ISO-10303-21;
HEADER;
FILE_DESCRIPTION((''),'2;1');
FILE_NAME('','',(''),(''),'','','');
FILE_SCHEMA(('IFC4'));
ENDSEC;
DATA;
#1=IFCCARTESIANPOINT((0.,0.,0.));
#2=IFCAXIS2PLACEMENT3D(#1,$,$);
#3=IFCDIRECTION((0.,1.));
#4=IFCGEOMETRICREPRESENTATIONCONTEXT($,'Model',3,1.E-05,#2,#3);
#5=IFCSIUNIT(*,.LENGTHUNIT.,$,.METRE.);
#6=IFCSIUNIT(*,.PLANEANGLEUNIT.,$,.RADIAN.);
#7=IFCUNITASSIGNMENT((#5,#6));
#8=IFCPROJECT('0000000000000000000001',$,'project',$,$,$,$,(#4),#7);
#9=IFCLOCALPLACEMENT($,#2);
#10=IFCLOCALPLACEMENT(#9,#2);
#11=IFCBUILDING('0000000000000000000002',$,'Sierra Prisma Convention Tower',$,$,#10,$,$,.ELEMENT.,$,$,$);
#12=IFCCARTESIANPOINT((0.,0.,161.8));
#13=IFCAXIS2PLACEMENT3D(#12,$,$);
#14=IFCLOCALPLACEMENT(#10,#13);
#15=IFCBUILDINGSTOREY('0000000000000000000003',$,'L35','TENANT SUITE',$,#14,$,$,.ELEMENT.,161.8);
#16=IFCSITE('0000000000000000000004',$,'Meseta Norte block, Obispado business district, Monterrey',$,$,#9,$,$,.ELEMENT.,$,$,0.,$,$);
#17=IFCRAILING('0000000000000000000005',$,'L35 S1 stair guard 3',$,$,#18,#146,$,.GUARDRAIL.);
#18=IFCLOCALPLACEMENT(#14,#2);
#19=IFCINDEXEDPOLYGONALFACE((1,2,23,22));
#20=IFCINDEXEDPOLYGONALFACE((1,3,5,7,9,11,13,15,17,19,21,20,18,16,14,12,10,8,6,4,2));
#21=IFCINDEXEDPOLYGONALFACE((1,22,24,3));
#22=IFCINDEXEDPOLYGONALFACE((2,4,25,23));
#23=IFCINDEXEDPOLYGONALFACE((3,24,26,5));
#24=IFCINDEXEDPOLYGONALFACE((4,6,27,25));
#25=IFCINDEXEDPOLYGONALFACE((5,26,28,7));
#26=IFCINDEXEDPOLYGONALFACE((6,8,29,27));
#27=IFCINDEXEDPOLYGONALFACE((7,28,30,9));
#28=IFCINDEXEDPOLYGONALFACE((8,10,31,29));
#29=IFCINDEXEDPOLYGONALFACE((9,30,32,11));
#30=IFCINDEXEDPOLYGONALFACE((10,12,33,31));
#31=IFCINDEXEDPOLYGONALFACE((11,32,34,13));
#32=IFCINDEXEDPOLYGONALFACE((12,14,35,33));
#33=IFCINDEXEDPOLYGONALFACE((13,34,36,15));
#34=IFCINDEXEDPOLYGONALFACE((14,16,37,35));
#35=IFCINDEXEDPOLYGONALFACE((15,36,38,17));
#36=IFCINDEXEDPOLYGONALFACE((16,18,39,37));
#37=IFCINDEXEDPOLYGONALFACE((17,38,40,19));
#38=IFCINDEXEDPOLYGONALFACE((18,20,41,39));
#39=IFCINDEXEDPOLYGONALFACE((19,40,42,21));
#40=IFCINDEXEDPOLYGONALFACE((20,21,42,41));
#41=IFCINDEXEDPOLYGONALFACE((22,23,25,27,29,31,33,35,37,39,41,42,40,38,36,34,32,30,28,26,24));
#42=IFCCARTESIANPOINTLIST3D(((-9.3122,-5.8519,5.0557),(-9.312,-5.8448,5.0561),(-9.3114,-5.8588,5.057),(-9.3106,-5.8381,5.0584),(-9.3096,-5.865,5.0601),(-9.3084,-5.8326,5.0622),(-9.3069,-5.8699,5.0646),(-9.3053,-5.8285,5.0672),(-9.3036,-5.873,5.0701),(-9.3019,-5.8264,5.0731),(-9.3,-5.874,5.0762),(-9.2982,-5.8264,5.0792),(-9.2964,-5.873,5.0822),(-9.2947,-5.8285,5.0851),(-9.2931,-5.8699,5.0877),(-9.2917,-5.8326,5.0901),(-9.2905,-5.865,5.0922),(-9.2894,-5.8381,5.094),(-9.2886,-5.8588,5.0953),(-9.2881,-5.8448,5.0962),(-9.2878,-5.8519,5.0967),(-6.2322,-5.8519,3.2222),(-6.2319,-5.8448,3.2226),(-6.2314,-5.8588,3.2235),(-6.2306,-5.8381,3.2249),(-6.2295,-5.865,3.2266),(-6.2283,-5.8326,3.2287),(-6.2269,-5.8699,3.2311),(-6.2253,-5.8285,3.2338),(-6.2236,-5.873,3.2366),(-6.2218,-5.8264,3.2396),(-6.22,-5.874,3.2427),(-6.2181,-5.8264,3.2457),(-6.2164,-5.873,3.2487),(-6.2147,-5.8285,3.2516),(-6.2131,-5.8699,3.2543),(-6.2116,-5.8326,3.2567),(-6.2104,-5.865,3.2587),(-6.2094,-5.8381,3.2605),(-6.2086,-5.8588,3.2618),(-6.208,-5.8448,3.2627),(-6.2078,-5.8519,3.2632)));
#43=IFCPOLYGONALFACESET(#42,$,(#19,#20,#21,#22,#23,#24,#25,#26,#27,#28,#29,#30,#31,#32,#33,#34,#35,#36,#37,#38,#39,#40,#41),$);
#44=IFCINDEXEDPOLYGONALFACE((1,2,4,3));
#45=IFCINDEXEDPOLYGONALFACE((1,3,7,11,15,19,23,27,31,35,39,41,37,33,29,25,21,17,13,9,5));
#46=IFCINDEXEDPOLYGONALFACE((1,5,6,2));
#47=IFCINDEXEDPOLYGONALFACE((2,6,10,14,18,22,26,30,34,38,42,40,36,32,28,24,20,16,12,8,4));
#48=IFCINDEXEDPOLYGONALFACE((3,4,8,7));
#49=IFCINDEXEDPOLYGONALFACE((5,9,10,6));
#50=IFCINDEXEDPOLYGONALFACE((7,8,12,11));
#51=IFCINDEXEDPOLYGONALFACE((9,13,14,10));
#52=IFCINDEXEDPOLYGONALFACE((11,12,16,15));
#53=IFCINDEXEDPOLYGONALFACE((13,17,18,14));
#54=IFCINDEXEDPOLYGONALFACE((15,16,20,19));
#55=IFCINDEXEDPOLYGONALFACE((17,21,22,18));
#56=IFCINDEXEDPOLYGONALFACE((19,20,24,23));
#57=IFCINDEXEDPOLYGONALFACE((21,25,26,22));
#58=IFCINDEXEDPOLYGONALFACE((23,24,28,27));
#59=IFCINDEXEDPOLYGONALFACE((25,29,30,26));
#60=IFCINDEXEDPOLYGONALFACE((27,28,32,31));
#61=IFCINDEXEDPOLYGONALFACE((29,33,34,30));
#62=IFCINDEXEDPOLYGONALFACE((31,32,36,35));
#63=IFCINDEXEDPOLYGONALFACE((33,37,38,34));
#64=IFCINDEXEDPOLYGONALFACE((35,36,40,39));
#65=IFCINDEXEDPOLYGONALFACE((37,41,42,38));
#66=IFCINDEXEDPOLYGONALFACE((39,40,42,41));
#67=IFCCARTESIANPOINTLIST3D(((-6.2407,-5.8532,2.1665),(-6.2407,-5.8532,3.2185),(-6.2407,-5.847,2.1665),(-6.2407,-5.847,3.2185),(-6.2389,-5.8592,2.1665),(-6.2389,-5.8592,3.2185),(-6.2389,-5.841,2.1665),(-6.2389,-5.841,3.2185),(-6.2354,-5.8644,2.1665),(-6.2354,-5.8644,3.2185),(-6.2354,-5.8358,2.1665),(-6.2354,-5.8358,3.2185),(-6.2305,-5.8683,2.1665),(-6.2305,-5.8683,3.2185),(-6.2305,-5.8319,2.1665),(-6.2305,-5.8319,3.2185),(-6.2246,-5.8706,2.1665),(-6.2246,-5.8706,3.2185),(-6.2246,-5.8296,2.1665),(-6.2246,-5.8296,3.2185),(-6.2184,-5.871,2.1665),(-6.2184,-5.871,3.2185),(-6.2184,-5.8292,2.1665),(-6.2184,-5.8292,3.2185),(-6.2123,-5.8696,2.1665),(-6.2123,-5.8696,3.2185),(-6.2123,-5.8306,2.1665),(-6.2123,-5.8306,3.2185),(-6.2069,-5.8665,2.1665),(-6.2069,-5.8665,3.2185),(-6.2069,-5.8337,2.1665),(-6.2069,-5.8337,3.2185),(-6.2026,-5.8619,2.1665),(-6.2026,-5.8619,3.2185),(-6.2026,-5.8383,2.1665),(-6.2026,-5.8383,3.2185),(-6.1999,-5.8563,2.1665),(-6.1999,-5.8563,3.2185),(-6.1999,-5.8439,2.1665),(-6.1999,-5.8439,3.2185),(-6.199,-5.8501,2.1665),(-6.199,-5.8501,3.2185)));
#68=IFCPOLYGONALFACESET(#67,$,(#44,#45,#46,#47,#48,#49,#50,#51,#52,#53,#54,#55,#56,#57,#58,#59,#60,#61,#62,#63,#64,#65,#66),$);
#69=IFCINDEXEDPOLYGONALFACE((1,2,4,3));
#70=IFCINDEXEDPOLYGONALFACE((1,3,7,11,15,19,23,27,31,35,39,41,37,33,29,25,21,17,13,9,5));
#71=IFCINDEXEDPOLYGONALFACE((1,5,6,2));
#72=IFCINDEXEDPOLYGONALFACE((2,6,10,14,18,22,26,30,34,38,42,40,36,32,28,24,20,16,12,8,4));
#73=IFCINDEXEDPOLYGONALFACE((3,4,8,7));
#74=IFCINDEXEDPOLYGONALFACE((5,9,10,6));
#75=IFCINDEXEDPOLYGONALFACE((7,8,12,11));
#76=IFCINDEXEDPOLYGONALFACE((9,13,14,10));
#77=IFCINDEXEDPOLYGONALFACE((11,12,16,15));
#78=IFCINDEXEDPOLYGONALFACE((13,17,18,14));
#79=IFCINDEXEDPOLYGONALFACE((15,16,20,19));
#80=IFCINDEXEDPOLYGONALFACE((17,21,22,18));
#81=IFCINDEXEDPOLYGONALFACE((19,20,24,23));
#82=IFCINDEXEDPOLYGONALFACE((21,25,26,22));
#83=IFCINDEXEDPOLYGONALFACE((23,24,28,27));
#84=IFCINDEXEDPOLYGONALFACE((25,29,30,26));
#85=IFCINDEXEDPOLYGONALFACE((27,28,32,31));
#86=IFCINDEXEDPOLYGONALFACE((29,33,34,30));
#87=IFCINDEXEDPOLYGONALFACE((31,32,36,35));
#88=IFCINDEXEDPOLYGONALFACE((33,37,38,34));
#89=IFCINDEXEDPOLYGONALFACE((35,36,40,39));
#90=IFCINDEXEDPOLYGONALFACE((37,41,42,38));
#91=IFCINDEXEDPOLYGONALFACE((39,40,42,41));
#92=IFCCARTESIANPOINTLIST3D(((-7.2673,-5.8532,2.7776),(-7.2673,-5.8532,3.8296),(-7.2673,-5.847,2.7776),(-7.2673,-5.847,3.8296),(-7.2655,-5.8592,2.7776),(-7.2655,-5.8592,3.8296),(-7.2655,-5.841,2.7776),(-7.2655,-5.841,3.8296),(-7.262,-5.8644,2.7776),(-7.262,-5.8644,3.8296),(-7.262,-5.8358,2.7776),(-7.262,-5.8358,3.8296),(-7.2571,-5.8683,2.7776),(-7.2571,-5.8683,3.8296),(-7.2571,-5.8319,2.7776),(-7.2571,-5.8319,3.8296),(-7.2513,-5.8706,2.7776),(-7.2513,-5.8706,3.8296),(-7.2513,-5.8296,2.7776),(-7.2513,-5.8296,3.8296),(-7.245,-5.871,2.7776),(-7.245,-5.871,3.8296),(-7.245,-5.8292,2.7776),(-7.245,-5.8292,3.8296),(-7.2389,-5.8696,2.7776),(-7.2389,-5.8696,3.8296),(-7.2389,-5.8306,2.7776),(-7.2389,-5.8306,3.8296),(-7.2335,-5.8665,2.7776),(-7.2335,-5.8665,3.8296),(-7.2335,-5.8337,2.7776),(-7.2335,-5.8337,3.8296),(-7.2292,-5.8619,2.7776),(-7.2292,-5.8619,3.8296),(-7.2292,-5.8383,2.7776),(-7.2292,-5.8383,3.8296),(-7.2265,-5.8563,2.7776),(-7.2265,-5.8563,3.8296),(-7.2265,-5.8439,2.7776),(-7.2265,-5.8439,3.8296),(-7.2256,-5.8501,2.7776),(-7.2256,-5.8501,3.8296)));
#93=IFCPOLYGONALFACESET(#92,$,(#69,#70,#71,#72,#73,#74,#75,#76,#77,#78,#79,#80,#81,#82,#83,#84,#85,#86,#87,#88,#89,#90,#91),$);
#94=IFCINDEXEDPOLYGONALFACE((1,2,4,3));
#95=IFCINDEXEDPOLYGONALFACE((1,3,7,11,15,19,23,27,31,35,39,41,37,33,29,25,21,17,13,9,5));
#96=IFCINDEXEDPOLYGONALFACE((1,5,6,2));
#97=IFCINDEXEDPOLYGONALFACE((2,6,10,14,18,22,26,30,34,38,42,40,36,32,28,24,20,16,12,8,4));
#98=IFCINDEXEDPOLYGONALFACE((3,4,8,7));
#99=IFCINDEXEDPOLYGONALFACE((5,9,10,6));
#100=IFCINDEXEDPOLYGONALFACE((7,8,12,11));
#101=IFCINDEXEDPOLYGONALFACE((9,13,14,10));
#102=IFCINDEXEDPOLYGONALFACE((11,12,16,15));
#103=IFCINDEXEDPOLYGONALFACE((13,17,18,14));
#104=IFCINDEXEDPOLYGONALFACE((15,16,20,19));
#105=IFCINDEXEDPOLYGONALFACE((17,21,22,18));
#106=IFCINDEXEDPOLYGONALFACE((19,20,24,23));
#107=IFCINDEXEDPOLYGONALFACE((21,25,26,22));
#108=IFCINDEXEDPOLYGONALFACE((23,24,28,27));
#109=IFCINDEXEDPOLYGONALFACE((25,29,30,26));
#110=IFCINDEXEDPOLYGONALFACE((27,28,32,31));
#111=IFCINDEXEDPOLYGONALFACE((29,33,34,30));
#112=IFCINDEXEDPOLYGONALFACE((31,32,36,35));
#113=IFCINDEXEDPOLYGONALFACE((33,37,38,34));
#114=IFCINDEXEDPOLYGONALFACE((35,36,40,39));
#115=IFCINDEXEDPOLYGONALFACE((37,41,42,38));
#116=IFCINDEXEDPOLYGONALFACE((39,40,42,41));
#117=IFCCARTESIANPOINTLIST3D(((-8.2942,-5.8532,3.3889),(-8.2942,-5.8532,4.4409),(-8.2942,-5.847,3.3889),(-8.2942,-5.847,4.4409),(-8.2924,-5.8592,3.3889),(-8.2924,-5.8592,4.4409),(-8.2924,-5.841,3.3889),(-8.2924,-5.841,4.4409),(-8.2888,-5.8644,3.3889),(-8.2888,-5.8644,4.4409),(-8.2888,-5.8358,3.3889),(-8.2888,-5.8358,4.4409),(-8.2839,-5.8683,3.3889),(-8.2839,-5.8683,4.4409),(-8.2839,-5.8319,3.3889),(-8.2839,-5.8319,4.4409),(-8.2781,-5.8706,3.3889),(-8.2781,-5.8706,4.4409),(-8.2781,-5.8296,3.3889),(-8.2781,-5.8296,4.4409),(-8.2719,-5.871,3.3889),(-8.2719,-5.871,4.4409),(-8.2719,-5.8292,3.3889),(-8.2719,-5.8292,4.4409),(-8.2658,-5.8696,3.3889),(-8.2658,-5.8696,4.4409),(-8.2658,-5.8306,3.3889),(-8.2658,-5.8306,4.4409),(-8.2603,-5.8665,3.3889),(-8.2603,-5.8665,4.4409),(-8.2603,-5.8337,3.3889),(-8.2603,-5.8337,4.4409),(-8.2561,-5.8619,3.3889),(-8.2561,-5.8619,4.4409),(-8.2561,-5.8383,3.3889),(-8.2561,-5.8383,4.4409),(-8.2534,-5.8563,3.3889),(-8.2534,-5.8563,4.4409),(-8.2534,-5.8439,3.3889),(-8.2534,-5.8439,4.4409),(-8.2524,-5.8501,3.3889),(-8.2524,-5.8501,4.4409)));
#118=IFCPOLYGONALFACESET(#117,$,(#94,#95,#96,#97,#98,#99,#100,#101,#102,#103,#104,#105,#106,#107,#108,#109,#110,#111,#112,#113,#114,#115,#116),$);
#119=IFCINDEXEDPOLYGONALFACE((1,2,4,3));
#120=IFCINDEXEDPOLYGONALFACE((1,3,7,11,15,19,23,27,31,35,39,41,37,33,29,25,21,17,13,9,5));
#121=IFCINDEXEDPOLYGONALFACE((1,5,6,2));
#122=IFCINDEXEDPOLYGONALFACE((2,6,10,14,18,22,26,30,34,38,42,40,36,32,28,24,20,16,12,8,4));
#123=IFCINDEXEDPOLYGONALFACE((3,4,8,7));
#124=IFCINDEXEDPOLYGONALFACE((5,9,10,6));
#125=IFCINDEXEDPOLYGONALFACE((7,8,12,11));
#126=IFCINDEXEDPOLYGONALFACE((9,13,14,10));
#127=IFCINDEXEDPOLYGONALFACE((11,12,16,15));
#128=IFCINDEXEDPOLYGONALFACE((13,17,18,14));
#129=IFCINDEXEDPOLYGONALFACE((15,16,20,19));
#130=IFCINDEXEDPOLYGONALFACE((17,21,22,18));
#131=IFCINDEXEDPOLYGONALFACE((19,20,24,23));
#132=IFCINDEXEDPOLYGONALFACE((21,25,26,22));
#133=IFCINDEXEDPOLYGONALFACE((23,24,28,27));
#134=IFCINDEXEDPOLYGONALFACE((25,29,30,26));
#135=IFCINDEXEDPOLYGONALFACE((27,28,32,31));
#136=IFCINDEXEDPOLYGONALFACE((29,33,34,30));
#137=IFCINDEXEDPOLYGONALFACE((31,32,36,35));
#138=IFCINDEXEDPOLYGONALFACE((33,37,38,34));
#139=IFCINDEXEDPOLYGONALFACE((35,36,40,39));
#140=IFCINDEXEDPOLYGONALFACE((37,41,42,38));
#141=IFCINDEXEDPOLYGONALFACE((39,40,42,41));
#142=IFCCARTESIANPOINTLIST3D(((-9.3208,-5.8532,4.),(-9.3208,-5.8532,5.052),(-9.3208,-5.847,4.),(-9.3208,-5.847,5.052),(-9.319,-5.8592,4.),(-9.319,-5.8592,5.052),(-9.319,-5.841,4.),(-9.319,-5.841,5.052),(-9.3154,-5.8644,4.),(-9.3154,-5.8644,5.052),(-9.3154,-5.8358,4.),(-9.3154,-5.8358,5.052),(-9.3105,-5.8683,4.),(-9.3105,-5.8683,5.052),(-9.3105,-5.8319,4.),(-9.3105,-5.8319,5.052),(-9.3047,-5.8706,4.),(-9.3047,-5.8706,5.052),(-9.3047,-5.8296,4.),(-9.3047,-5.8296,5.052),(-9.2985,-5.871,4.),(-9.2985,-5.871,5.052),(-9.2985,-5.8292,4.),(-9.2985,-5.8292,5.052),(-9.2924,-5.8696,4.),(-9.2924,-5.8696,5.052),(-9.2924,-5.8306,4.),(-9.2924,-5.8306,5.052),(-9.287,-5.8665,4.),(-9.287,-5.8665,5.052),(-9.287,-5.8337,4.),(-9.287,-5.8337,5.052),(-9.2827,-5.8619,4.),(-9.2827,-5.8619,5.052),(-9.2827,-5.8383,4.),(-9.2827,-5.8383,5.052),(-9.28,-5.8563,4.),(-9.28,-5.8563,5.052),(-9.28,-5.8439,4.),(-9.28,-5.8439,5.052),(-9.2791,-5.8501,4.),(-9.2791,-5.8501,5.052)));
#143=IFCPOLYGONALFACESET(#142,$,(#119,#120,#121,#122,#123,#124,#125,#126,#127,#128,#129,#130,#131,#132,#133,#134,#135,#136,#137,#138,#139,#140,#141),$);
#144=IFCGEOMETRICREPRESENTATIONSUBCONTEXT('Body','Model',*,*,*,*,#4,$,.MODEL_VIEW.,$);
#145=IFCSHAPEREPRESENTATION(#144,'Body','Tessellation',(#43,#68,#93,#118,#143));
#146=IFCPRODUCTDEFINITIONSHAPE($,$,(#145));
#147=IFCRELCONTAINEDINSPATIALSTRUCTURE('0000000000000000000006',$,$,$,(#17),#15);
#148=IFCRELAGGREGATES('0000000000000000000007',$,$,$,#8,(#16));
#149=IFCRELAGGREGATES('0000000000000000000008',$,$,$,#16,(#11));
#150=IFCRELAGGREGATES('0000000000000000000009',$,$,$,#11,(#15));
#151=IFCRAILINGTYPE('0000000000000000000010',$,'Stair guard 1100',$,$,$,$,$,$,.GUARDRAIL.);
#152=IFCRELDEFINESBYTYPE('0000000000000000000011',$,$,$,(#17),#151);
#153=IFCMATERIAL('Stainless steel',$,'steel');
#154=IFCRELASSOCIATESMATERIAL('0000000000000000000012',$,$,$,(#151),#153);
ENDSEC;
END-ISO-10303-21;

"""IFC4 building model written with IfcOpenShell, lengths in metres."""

from ifc_helpers import new_model, si_unit, direction, frame, origin, origin_2d, place, context, subcontext, project, spatial, circle, extrude, material, type_object, element, save


model = new_model("IFC4")

# Units and contexts
model_context = context("Model", 3, precision=1e-05, world=origin(), true_north=direction((0.0, 1.0)))
body_context = subcontext(model_context, "Body", "Model", "MODEL_VIEW")
ifc_project = project(units=[si_unit("LENGTHUNIT", "METRE"), si_unit("PLANEANGLEUNIT", "RADIAN")], contexts=[model_context])

# Site, building, storey
site_placement = place(None, origin())
site = spatial("IfcSite", under=ifc_project, at=site_placement, Name="Meseta Norte block, Obispado business district, Monterrey", CompositionType="ELEMENT", RefElevation=0.0)
building_placement = place(site_placement, origin())
building = spatial("IfcBuilding", under=site, at=building_placement, Name="Sierra Prisma Convention Tower", CompositionType="ELEMENT")
storey_placement = place(building_placement, frame((0.0, 0.0, 161.8)))
storey = spatial("IfcBuildingStorey", under=building, at=storey_placement, Name="L35", Description="TENANT SUITE", CompositionType="ELEMENT", Elevation=161.8)

# Railing
ifc_material_1 = material(Name="Stainless steel", Category="steel")
railing_type_1 = type_object("IfcRailingType", Name="Stair guard 1100", PredefinedType="GUARDRAIL", material=ifc_material_1)
railing_1_placement = place(storey_placement, frame((-6.22, -5.8501, 2.1665)))
element("IfcRailing", 1, at=railing_1_placement, inside=storey, type_object=railing_type_1, Name="L35 S1 stair guard 3", PredefinedType="GUARDRAIL", context=body_context, shape_type="SweptSolid", body=[
    extrude(circle(Radius=0.0239, at=origin_2d()), frame((0.0, 0.0, 1.0762), z_axis=(-0.859279, 0.0, 0.511508), x_axis=(0.0, -1.0, 0.0)), (0.0, 0.0, 1.0), 3.5845),
    extrude(circle(Radius=0.021, at=origin_2d()), origin(), (0.0, 0.0, 1.0), 1.052),
    extrude(circle(Radius=0.021, at=origin_2d()), frame((-1.0266, 0.0, 0.6111)), (0.0, 0.0, 1.0), 1.052),
    extrude(circle(Radius=0.021, at=origin_2d()), frame((-2.0535, 0.0, 1.2224)), (0.0, 0.0, 1.0), 1.052),
    extrude(circle(Radius=0.021, at=origin_2d()), frame((-3.0801, 0.0, 1.8335)), (0.0, 0.0, 1.0), 1.052),
])

save(model, "model.ifc")
